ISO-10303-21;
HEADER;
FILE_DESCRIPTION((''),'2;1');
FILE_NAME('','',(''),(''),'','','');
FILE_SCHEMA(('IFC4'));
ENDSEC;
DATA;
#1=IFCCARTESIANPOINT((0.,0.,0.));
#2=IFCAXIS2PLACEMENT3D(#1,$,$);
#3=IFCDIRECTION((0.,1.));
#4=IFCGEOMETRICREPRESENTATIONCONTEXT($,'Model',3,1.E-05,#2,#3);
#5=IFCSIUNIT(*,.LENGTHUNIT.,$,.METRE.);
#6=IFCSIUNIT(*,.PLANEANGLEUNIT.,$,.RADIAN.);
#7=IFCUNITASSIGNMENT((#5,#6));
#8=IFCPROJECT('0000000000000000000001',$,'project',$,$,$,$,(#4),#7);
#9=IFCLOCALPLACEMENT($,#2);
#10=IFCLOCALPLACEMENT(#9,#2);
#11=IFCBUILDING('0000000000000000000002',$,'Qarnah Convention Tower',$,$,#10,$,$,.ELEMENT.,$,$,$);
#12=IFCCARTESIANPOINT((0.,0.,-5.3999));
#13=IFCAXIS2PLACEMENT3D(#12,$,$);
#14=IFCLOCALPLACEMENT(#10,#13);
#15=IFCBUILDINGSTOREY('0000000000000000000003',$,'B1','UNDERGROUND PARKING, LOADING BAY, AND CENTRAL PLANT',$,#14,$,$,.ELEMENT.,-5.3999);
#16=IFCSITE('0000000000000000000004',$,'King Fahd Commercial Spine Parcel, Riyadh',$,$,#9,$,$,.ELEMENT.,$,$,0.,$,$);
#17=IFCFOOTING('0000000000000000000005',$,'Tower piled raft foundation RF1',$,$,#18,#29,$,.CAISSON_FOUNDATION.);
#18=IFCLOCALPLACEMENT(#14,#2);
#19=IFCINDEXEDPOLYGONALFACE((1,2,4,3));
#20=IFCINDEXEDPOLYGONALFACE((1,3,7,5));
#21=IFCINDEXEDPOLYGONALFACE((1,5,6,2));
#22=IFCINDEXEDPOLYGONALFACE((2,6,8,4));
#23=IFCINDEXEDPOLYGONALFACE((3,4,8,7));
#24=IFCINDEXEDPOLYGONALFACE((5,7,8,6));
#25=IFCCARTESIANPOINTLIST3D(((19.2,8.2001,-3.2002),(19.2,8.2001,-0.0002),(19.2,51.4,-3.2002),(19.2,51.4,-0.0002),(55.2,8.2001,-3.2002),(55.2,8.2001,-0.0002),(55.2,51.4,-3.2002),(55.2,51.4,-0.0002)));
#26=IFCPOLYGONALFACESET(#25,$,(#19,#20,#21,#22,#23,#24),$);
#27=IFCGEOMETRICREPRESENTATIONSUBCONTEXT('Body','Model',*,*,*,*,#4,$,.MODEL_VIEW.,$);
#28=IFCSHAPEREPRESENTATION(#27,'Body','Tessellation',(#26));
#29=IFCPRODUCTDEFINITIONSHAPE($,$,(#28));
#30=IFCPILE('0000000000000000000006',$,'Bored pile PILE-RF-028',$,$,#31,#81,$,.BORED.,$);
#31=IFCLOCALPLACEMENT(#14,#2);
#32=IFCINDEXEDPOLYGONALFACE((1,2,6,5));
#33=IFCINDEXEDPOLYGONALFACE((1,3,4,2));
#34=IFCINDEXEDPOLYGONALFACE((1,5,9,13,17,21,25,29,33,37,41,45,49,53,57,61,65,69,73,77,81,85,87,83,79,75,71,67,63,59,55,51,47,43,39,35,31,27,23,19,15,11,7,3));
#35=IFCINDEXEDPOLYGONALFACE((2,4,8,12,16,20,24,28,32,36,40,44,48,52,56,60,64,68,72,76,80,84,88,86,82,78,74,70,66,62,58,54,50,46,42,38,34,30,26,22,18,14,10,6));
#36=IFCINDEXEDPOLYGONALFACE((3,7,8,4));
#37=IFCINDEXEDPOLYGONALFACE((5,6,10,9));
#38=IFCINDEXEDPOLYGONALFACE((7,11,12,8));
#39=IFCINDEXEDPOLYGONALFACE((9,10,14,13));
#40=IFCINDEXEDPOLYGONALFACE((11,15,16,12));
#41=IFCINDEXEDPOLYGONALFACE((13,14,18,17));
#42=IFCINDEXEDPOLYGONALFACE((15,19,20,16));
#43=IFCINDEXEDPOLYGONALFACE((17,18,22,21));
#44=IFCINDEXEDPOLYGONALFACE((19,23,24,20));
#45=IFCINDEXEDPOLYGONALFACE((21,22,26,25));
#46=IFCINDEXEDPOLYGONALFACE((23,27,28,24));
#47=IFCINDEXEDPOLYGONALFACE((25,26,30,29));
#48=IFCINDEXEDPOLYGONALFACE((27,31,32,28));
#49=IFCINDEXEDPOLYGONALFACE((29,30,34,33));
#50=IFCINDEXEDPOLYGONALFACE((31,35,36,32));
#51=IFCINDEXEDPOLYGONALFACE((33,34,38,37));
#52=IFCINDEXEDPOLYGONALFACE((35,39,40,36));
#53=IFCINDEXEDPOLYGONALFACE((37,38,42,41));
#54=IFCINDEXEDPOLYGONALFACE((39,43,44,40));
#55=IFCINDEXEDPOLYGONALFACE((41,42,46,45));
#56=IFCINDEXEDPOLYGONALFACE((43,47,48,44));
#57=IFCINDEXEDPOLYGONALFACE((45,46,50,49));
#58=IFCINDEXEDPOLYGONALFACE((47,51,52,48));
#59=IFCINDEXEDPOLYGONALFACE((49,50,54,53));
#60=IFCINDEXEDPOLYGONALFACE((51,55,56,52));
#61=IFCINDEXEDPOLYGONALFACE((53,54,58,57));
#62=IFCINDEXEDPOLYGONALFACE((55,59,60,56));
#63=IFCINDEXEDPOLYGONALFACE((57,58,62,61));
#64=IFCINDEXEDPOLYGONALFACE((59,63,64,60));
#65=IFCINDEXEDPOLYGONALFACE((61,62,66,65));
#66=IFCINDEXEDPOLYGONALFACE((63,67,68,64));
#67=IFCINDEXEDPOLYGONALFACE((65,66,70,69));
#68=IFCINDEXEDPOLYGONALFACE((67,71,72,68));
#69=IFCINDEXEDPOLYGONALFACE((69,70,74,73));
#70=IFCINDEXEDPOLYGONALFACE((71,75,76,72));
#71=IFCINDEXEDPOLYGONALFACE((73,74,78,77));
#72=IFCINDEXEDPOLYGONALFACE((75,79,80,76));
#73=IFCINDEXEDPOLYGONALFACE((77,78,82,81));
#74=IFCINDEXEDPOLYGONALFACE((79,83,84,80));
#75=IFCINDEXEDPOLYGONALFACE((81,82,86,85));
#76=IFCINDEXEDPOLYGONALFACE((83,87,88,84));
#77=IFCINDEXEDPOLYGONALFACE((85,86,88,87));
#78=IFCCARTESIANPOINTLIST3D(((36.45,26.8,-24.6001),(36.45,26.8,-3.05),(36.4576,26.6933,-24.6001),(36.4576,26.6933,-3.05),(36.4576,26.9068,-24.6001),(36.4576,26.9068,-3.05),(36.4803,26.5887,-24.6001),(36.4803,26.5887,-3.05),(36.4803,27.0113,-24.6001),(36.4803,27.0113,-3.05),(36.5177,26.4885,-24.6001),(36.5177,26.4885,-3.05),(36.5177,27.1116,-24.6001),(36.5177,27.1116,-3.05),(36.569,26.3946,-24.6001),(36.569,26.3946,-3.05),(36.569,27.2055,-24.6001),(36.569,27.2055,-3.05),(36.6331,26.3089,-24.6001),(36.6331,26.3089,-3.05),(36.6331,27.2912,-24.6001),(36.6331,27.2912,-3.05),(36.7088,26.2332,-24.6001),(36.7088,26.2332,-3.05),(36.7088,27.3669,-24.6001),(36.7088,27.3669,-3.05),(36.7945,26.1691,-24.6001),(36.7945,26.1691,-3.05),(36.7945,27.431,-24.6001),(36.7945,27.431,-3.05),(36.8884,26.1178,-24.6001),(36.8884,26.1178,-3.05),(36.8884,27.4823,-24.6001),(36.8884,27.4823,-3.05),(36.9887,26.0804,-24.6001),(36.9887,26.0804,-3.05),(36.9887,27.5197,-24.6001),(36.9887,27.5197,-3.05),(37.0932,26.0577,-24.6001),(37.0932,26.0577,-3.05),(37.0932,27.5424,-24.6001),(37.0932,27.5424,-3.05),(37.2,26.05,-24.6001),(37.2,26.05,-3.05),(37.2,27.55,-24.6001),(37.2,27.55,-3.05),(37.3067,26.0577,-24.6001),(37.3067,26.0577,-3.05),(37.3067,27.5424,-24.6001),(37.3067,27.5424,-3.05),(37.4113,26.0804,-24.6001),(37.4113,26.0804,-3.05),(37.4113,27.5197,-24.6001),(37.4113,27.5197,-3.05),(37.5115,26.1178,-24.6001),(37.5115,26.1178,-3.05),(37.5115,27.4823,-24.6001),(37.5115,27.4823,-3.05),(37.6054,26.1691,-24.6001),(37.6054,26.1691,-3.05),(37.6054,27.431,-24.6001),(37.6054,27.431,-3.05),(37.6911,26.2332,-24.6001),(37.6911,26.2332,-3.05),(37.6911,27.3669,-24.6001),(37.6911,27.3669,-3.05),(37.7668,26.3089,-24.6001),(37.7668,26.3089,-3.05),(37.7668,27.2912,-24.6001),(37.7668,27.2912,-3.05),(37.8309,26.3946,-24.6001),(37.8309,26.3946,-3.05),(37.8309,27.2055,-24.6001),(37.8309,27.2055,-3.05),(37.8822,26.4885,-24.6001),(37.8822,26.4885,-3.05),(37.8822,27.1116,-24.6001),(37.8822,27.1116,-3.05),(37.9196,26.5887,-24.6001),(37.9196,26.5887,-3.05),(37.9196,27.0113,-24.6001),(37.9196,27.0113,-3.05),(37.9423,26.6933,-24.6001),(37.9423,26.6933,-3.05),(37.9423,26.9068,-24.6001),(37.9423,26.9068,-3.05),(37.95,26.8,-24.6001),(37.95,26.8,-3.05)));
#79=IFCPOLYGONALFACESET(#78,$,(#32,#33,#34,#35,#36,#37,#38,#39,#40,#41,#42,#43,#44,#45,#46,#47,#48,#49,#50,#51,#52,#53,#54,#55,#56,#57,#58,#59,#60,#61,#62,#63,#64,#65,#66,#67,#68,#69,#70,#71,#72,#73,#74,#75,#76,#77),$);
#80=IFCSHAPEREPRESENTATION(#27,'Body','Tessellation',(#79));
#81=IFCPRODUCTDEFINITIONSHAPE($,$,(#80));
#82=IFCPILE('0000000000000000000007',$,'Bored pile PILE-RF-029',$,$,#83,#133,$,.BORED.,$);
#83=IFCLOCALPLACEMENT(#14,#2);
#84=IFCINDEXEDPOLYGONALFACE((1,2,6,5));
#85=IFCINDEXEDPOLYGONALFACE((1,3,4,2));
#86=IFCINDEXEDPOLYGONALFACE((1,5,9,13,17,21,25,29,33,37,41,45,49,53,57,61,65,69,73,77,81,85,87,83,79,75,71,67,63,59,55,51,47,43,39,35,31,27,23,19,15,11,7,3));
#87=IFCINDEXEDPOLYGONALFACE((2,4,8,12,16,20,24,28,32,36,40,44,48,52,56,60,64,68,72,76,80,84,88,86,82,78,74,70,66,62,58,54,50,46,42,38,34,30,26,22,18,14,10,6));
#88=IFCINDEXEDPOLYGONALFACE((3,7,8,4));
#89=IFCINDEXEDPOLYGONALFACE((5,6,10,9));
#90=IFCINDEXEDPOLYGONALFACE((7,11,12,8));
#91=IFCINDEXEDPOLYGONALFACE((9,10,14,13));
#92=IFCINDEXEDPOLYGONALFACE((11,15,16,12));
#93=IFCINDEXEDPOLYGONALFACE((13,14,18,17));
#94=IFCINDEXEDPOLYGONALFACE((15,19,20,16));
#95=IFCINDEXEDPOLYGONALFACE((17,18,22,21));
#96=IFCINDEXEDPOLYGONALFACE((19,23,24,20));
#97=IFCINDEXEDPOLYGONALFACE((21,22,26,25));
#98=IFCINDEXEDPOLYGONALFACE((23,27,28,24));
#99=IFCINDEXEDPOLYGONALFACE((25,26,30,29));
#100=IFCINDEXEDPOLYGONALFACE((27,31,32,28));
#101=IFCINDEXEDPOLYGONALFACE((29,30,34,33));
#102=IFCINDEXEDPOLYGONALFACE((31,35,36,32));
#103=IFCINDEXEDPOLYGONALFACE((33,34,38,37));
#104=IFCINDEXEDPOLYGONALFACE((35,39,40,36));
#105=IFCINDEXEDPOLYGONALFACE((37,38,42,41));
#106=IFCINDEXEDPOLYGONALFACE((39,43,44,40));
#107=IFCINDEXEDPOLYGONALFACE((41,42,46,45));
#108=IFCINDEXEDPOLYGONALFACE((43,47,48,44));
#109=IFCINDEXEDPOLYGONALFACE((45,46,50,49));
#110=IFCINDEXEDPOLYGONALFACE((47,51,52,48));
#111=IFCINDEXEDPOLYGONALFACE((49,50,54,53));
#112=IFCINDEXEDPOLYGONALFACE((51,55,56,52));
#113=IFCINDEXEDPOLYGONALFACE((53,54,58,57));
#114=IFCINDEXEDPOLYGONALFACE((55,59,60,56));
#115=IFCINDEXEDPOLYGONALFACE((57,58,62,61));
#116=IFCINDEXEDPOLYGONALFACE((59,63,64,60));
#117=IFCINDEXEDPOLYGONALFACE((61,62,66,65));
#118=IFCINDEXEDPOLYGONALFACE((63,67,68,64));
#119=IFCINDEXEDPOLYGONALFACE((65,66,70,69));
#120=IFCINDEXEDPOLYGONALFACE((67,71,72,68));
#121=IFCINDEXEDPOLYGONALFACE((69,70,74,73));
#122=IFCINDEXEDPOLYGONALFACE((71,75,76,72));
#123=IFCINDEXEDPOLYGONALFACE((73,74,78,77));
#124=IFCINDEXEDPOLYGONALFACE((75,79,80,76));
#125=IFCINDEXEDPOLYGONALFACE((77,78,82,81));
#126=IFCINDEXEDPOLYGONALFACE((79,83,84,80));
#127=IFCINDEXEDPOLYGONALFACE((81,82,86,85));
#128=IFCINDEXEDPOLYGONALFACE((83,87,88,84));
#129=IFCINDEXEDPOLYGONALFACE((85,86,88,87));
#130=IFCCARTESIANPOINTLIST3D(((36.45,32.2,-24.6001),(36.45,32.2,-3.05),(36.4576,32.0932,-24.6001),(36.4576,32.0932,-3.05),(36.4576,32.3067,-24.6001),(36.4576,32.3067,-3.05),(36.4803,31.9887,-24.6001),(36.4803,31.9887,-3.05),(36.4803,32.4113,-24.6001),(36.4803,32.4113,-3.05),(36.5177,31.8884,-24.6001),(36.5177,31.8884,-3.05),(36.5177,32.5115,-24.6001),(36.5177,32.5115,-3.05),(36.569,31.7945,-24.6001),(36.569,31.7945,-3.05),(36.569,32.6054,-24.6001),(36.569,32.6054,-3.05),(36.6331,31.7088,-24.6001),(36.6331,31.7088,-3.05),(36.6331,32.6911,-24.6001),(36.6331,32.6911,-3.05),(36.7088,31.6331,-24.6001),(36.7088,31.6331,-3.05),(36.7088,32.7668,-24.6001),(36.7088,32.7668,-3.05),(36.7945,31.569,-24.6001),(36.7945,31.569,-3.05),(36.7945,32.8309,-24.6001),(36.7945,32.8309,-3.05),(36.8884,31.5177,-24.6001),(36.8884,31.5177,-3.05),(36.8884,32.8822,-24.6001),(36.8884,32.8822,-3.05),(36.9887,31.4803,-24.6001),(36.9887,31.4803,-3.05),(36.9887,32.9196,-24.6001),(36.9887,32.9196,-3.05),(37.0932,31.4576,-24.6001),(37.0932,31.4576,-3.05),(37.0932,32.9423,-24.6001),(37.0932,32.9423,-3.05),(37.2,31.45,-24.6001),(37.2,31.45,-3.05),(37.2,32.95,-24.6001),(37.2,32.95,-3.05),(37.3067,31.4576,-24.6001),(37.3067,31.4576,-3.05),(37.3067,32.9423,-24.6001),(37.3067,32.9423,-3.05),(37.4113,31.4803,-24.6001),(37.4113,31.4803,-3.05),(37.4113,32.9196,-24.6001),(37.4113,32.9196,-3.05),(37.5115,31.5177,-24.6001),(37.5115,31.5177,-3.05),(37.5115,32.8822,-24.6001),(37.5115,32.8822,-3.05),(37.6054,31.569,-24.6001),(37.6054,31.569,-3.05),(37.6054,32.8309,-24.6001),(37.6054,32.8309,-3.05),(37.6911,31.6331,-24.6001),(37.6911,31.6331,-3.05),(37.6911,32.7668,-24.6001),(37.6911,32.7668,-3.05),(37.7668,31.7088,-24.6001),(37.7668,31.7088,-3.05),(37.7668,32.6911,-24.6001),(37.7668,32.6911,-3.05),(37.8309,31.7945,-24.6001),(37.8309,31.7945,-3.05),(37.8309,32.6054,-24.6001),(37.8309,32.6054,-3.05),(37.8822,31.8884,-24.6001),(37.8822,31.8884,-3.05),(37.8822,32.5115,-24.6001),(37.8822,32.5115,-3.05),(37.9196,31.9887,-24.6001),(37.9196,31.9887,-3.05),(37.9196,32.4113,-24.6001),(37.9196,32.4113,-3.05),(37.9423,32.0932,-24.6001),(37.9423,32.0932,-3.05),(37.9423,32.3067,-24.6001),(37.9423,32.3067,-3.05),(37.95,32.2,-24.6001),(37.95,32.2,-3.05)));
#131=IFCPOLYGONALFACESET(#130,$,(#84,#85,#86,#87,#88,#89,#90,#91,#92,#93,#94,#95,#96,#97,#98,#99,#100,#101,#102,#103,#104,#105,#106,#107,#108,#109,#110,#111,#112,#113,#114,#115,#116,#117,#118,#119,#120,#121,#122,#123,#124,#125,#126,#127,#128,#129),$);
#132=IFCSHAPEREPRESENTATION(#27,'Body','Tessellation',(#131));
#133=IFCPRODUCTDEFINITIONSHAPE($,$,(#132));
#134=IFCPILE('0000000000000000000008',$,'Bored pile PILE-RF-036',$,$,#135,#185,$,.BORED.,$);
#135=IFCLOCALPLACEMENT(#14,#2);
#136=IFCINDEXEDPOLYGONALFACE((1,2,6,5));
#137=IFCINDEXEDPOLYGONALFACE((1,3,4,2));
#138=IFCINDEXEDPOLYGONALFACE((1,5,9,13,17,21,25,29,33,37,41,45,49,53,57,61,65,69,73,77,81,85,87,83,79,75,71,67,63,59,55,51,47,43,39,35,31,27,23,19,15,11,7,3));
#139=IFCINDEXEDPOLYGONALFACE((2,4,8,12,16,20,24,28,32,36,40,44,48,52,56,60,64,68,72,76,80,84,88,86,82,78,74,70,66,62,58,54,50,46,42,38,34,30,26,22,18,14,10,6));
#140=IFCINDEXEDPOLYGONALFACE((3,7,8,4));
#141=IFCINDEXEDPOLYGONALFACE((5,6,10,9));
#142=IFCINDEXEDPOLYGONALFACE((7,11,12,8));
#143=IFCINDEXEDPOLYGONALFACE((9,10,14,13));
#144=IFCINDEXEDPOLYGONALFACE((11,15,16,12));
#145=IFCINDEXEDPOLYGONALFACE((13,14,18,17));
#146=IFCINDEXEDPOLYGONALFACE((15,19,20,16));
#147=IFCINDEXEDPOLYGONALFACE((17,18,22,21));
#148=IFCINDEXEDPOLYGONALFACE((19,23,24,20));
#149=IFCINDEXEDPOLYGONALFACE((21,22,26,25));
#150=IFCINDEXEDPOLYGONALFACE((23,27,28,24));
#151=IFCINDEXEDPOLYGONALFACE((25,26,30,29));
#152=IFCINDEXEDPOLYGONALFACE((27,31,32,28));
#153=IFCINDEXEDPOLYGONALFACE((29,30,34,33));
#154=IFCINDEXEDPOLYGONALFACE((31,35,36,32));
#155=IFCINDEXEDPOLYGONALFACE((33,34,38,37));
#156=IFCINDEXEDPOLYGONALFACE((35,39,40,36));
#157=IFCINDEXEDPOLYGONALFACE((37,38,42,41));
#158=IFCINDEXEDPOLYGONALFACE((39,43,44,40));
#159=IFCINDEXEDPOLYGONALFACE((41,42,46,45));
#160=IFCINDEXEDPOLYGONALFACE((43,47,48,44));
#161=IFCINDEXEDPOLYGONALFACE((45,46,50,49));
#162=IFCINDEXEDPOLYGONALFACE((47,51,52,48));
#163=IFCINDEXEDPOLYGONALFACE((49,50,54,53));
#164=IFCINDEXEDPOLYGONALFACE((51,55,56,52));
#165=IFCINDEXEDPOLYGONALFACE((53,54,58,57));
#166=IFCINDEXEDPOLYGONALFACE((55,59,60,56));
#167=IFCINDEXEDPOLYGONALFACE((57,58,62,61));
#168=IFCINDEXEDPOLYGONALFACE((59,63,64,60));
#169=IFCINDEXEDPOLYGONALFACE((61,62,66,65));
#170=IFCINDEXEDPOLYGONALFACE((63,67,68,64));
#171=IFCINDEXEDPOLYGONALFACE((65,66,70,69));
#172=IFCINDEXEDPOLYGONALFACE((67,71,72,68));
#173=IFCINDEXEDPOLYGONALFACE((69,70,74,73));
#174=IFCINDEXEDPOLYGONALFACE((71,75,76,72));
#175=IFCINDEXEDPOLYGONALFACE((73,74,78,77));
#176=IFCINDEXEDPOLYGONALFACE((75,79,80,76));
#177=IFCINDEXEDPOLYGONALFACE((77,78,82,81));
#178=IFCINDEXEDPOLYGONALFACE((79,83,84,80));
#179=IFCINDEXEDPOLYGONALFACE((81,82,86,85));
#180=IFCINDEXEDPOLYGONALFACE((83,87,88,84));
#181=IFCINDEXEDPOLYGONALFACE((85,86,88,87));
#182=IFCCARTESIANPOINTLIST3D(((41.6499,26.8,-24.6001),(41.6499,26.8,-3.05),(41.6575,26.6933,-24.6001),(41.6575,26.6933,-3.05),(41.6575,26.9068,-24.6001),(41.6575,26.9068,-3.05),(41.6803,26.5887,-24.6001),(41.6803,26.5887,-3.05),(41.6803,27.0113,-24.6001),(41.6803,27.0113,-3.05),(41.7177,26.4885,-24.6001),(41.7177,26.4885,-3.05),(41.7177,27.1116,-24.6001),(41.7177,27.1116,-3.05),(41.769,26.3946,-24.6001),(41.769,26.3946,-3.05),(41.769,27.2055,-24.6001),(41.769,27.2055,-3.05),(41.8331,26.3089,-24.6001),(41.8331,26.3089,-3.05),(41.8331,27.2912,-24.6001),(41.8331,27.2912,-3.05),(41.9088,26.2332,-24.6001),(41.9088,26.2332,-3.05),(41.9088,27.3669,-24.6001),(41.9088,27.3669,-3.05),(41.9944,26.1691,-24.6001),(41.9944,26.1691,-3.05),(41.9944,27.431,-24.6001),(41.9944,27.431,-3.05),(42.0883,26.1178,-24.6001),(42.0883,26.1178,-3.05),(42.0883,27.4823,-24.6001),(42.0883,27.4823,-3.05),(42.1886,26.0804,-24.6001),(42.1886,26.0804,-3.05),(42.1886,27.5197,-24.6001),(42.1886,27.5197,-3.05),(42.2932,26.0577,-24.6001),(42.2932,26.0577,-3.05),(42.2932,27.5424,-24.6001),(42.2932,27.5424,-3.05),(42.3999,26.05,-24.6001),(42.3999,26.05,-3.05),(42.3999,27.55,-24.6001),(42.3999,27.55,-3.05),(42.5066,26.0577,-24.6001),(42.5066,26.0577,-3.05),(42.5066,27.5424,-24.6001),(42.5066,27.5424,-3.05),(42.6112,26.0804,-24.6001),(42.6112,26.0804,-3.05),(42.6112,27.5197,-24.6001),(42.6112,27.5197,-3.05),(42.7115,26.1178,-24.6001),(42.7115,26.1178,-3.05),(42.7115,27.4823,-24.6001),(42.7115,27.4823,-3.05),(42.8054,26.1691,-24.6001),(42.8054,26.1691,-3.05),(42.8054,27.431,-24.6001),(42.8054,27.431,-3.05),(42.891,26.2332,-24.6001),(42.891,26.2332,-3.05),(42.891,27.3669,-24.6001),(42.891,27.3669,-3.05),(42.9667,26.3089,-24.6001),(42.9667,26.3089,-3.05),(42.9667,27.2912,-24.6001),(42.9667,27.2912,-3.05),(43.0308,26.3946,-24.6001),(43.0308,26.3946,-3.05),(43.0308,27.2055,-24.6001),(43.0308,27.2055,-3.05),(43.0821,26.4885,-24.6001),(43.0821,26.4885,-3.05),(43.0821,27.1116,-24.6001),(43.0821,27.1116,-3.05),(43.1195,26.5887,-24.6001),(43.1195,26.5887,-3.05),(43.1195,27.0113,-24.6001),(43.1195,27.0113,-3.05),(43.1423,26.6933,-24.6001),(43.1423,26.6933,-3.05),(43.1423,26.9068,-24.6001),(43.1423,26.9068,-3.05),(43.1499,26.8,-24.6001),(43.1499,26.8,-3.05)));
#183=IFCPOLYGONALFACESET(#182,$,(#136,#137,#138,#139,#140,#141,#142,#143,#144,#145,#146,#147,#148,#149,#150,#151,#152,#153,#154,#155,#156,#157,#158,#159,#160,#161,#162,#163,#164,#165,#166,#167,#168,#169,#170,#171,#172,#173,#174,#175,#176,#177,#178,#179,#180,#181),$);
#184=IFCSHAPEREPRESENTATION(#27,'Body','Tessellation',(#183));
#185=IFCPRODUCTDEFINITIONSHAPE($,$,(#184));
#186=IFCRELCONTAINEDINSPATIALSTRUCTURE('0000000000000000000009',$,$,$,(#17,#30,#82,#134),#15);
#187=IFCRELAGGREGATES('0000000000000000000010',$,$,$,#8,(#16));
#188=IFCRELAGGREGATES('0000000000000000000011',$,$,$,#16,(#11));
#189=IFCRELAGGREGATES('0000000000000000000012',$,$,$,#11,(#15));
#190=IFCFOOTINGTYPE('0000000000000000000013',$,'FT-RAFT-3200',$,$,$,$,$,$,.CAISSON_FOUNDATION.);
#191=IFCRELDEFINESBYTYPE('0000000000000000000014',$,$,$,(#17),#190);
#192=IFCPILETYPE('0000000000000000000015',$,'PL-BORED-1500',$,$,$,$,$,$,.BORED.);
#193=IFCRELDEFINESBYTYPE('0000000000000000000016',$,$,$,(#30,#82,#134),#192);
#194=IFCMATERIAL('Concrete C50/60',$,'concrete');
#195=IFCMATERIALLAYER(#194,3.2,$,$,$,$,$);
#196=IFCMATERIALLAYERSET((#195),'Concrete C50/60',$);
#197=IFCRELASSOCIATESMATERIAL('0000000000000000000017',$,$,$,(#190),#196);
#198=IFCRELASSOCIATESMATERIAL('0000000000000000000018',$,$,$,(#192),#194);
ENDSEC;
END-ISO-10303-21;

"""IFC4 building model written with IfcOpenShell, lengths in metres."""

from ifc_helpers import new_model, si_unit, direction, frame, origin, origin_2d, place, context, subcontext, project, spatial, rectangle, circle, extrude, material, layer, layer_set, material_profile, profile_set, type_object, element, save


model = new_model("IFC4")

# Units and contexts
model_context = context("Model", 3, precision=1e-05, world=origin(), true_north=direction((0.0, 1.0)))
body_context = subcontext(model_context, "Body", "Model", "MODEL_VIEW")
ifc_project = project(units=[si_unit("LENGTHUNIT", "METRE"), si_unit("PLANEANGLEUNIT", "RADIAN")], contexts=[model_context])

# Site, building, storey
site_placement = place(None, origin())
site = spatial("IfcSite", under=ifc_project, at=site_placement, Name="King Fahd Commercial Spine Parcel, Riyadh", CompositionType="ELEMENT", RefElevation=0.0)
building_placement = place(site_placement, origin())
building = spatial("IfcBuilding", under=site, at=building_placement, Name="Qarnah Convention Tower", CompositionType="ELEMENT")
storey_placement = place(building_placement, frame((0.0, 0.0, -5.3999)))
storey = spatial("IfcBuildingStorey", under=building, at=storey_placement, Name="B1", Description="UNDERGROUND PARKING, LOADING BAY, AND CENTRAL PLANT", CompositionType="ELEMENT", Elevation=-5.3999)

# Footing
ifc_material_1 = material(Name="Concrete C50/60", Category="concrete")
ifc_layer_1 = layer(ifc_material_1, 3.2)
ifc_layer_set_1 = layer_set([ifc_layer_1], Name="Concrete C50/60")
footing_type = type_object("IfcFootingType", Name="FT-RAFT-3200", PredefinedType="CAISSON_FOUNDATION", material=ifc_layer_set_1)
footing_placement = place(storey_placement, frame((37.2, 29.8, -3.2002), z_axis=(0.0, 0.0, 1.0), x_axis=(1.0, 0.0, 0.0)))
element("IfcFooting", 1, at=footing_placement, inside=storey, type_object=footing_type, Name="Tower piled raft foundation RF1", PredefinedType="CAISSON_FOUNDATION", context=body_context, shape_type="SweptSolid", body=[
    extrude(rectangle(XDim=36.0, YDim=43.2, at=origin_2d()), origin(), (0.0, 0.0, 1.0), 3.2),
])

# Piles
ifc_material_profile = material_profile(ifc_material_1, circle(Radius=0.75, at=origin_2d()), Name="PILE-D1500")
ifc_profile_set = profile_set([ifc_material_profile], Name="Concrete C50/60")
pile_type = type_object("IfcPileType", Name="PL-BORED-1500", PredefinedType="BORED", material=ifc_profile_set)
for number, where, z_axis, x_axis, name in (
    (2, (37.2, 26.8, -3.05), (0.0, 0.0, -1.0), (1.0, 0.0, 0.0), "Bored pile PILE-RF-028"),
    (3, (37.2, 32.2, -3.05), (0.0, 0.0, -1.0), (1.0, 0.0, 0.0), "Bored pile PILE-RF-029"),
    (4, (42.3999, 26.8, -3.05), (0.0, 0.0, -1.0), (1.0, 0.0, 0.0), "Bored pile PILE-RF-036"),
):
    element("IfcPile", number, at=place(storey_placement, frame(where, z_axis=z_axis, x_axis=x_axis)), inside=storey, type_object=pile_type, Name=name, PredefinedType="BORED", context=body_context, shape_type="SweptSolid", body=[
        extrude(circle(Radius=0.75, at=origin_2d()), origin(), (0.0, 0.0, 1.0), 21.55),
    ])

save(model, "model.ifc")
